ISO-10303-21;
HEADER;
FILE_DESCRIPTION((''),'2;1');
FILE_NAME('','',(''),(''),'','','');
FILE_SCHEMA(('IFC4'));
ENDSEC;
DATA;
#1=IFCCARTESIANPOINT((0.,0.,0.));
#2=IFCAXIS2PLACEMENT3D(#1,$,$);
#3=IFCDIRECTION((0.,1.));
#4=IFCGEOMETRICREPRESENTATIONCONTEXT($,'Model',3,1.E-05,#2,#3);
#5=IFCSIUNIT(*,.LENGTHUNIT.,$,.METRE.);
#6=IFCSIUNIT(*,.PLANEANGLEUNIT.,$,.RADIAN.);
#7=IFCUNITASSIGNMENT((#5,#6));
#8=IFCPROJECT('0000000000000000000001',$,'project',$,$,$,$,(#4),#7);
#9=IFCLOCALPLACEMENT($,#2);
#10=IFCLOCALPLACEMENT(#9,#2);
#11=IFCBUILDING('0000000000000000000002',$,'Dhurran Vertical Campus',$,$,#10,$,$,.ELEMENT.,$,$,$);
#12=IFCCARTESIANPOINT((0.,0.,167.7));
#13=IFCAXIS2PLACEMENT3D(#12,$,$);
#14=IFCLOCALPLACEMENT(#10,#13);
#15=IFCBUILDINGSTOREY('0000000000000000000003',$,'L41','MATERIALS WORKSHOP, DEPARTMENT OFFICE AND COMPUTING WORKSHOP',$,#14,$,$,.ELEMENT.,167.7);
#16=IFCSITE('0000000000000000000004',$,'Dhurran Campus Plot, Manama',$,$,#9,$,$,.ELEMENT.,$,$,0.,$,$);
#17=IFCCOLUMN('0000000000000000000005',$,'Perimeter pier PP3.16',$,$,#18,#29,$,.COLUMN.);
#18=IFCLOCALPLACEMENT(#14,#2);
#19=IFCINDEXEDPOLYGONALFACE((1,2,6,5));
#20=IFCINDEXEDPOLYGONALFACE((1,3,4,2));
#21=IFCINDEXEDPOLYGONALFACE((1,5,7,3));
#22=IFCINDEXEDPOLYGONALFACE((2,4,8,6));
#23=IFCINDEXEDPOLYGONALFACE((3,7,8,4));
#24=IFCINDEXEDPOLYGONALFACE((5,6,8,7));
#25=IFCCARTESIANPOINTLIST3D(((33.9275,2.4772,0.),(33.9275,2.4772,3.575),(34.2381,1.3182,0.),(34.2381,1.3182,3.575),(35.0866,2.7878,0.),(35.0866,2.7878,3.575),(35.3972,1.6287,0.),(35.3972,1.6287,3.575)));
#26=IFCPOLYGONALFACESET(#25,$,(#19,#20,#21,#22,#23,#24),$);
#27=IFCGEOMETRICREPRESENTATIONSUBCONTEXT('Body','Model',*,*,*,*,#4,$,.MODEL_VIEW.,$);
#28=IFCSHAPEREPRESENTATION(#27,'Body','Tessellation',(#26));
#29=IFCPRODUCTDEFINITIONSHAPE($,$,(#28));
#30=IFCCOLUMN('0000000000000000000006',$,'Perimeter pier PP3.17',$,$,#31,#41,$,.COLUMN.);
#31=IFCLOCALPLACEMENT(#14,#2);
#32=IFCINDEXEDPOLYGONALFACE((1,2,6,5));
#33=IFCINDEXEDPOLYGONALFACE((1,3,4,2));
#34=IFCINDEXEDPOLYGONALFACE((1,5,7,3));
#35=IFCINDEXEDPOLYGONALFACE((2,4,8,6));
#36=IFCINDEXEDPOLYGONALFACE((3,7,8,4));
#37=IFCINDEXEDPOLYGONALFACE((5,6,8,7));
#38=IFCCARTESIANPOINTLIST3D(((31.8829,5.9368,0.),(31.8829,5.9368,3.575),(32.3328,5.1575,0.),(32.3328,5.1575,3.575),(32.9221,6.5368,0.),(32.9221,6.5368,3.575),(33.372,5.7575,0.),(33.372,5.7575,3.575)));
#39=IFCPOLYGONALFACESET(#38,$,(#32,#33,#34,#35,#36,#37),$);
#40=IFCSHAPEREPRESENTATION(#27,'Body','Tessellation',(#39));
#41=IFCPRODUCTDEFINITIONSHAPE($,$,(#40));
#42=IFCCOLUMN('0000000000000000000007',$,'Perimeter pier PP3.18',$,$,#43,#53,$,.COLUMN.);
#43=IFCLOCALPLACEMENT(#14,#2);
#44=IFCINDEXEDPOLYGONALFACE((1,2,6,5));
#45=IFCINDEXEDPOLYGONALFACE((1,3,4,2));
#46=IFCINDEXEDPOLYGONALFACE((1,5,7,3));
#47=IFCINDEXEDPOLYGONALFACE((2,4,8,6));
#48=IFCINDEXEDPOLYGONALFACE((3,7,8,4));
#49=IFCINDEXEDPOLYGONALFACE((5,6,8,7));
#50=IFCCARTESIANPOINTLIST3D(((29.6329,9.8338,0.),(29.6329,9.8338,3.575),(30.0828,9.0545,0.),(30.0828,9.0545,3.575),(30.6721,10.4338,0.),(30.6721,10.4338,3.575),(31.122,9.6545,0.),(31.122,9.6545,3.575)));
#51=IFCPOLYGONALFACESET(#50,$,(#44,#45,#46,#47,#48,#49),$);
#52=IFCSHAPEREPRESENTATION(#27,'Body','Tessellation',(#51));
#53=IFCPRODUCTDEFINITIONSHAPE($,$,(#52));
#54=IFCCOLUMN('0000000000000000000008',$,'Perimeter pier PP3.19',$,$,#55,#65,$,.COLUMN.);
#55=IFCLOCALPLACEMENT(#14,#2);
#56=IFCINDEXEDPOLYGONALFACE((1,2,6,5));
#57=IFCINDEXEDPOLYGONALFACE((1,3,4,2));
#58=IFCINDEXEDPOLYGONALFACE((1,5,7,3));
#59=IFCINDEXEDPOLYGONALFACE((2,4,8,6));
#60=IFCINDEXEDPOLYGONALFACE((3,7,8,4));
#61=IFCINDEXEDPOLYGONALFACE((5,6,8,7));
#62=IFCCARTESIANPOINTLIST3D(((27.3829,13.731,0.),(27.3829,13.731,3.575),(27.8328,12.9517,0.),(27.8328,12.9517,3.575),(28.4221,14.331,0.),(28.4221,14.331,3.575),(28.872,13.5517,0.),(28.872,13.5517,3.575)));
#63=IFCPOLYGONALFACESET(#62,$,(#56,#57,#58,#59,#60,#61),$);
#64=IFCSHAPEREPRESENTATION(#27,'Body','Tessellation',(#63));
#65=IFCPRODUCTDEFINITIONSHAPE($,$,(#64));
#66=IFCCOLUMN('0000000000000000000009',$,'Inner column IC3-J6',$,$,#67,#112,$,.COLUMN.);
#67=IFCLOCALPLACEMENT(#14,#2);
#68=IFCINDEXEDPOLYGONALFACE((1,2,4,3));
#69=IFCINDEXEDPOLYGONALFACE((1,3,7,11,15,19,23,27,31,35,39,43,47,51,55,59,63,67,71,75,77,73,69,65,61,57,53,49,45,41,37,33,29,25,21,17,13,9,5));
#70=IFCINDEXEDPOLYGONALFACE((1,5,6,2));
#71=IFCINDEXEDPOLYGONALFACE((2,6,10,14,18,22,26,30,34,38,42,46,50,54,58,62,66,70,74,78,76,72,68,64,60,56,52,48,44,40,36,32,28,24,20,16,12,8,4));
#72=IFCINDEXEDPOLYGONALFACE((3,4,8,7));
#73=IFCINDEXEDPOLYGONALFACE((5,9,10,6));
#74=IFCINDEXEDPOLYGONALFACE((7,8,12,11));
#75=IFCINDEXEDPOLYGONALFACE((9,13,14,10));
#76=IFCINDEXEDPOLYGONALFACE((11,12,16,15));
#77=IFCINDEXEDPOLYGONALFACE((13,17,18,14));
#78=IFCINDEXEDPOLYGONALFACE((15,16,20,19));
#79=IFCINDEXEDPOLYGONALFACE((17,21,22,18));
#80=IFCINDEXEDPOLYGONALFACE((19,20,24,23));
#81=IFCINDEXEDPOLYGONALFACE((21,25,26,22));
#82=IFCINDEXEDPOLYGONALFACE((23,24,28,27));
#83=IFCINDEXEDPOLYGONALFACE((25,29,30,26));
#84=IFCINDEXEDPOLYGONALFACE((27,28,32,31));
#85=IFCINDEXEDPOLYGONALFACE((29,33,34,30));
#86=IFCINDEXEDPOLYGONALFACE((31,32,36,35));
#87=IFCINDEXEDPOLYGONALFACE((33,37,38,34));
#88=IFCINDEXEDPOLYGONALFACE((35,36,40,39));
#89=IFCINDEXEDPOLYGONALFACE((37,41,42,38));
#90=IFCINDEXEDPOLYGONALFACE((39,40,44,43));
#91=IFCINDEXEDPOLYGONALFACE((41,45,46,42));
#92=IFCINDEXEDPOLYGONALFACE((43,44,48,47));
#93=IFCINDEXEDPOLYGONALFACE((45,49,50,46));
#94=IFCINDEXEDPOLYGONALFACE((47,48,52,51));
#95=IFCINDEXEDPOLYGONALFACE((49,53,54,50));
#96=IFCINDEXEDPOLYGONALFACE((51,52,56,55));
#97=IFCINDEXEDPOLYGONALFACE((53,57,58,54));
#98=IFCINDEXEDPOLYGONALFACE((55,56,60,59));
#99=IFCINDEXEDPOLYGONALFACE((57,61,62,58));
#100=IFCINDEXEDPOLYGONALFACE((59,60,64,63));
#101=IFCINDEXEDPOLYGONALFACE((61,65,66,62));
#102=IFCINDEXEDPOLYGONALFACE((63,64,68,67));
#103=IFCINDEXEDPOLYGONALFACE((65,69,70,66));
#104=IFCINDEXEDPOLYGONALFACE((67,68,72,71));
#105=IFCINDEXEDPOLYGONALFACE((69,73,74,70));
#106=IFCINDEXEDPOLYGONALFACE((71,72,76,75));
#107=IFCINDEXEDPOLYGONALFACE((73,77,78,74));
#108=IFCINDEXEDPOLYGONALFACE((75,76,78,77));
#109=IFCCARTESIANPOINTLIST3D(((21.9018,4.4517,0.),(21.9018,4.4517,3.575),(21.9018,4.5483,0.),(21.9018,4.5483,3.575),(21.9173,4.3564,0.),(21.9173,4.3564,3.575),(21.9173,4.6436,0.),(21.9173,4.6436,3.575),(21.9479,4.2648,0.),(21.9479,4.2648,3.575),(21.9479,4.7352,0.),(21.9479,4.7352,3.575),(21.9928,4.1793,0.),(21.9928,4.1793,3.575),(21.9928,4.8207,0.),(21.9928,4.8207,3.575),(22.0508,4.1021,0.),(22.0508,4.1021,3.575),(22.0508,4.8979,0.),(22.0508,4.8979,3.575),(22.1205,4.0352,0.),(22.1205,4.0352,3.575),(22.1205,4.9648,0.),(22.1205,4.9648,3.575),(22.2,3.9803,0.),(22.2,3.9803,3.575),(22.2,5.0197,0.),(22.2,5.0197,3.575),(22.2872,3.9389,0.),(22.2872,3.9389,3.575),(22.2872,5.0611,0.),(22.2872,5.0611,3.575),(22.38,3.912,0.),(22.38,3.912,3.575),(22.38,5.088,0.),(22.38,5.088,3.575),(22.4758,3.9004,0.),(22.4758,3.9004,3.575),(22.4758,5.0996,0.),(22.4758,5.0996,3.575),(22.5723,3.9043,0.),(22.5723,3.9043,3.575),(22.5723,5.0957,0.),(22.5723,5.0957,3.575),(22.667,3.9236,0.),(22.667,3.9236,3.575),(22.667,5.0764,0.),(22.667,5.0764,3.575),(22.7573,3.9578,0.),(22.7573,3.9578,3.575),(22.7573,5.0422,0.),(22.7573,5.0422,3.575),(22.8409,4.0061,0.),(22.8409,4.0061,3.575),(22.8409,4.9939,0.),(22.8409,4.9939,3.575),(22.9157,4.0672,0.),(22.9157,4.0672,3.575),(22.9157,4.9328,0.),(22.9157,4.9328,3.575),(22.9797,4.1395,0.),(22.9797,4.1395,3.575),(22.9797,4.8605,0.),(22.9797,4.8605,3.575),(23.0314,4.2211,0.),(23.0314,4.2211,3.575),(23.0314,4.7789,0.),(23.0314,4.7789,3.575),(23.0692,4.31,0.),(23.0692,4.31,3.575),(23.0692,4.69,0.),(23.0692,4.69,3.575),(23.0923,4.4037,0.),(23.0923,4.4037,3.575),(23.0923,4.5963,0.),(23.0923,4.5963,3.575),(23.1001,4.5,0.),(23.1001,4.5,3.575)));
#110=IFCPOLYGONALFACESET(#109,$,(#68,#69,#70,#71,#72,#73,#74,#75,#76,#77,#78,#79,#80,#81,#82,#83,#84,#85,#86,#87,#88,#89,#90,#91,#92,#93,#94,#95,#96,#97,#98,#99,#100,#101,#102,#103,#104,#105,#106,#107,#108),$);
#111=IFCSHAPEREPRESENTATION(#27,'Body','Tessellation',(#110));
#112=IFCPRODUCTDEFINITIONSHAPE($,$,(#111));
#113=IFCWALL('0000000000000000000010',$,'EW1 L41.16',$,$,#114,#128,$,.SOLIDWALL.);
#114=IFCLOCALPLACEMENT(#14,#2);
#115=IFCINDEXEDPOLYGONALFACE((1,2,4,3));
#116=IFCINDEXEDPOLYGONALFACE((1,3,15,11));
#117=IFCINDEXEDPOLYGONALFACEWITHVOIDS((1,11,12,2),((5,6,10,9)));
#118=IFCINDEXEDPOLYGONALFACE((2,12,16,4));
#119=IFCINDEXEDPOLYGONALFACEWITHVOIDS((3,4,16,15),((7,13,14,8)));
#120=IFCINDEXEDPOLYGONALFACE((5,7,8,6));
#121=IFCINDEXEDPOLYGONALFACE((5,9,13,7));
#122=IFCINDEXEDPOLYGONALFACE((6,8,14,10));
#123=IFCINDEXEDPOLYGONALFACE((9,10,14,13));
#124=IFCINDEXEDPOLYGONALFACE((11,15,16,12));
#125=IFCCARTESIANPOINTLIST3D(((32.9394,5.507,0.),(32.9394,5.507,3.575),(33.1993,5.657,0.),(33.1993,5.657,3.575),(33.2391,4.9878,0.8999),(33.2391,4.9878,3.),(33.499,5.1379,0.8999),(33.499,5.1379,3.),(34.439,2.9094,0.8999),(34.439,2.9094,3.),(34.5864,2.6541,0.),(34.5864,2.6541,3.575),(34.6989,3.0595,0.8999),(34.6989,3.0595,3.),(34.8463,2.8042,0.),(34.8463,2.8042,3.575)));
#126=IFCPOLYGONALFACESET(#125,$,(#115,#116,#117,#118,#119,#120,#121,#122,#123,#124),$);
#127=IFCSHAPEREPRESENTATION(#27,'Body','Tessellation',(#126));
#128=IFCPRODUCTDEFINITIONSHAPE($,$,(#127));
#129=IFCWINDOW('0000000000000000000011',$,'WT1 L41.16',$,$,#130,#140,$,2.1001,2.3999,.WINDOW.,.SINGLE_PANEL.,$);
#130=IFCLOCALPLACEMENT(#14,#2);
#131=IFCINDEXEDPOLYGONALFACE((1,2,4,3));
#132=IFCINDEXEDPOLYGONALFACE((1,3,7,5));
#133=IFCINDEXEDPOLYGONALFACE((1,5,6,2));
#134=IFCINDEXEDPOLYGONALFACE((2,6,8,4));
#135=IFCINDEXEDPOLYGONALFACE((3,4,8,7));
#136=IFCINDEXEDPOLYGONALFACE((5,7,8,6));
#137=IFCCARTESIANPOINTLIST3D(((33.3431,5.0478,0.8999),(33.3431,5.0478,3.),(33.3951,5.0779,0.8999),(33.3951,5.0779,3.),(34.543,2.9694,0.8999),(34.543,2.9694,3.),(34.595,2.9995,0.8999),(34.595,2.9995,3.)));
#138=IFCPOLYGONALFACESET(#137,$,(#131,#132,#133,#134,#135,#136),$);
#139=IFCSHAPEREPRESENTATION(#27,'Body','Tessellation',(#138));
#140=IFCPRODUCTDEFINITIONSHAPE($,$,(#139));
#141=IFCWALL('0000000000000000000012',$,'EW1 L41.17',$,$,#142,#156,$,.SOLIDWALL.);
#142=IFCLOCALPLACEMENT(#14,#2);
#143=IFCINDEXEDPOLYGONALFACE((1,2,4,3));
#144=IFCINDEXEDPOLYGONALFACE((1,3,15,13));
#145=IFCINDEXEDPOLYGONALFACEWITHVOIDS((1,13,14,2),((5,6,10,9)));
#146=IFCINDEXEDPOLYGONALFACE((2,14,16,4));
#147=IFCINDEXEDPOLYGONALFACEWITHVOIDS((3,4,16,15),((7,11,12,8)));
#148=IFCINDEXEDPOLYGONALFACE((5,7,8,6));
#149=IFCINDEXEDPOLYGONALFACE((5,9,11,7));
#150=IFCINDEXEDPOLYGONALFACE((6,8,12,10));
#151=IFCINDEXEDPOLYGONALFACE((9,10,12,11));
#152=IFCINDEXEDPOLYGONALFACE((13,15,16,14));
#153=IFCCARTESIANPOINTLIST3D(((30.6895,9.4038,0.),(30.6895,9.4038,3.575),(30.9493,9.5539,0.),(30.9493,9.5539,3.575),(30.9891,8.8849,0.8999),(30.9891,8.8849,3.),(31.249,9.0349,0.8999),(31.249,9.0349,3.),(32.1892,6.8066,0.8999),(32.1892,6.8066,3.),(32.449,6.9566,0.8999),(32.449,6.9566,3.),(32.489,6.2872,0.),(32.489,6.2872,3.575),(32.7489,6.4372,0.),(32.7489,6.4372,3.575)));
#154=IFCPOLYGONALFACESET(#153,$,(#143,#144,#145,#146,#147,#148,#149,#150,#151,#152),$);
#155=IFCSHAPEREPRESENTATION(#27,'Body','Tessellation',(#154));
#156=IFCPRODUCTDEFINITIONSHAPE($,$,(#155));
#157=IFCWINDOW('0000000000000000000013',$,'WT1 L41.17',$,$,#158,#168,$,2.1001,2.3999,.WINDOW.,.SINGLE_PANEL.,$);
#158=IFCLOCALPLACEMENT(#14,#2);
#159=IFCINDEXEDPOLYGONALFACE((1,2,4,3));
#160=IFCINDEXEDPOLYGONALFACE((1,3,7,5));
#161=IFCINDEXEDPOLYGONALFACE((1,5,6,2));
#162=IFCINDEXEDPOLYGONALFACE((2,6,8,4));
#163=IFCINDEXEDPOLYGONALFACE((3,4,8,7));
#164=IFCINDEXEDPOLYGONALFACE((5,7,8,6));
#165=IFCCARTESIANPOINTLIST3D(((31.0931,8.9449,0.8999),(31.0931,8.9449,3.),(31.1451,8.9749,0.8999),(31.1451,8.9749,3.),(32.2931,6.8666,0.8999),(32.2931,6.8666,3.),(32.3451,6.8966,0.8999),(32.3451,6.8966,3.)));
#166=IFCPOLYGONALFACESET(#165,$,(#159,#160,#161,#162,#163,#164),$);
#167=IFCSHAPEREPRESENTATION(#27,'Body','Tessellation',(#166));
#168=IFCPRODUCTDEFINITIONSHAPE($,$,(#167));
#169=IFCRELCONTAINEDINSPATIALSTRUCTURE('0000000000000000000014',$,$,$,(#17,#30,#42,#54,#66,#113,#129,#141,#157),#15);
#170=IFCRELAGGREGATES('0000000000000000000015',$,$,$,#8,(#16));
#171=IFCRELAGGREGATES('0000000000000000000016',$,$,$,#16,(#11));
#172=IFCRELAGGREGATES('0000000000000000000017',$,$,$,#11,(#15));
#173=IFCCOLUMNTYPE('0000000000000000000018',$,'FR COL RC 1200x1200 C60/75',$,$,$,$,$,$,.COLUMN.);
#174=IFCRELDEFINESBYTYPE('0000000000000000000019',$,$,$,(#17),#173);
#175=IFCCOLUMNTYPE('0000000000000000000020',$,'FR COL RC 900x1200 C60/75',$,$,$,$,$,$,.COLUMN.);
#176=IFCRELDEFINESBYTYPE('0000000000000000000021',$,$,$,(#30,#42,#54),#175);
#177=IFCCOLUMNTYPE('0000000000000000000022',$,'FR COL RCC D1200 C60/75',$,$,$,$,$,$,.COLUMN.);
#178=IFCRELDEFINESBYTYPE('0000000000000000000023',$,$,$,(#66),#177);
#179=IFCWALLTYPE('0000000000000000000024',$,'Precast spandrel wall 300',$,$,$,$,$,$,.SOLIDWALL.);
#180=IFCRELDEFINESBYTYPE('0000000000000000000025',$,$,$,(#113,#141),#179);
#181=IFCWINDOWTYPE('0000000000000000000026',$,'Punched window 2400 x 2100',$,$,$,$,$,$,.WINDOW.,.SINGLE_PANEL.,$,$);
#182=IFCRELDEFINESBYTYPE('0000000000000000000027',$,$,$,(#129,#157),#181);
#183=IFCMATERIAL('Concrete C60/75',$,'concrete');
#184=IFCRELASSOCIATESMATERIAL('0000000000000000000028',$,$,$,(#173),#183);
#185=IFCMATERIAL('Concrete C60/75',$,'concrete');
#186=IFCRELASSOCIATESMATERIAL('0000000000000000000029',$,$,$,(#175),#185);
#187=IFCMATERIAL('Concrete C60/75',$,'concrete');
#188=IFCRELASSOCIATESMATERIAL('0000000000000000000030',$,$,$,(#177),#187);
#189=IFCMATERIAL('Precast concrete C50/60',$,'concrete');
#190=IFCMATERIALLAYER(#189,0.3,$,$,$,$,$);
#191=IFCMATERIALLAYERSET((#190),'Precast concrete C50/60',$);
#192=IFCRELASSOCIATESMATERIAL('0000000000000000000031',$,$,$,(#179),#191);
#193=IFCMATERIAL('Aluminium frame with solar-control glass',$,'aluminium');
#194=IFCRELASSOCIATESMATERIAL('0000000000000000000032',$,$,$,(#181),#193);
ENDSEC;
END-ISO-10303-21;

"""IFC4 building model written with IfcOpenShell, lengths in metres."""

from ifc_helpers import new_model, si_unit, direction, frame, frame_2d, origin, origin_2d, place, context, subcontext, project, spatial, rectangle, circle, extrude, material, layer, layer_set, material_profile, profile_set, type_object, element, fill, save


model = new_model("IFC4")

# Units and contexts
model_context = context("Model", 3, precision=1e-05, world=origin(), true_north=direction((0.0, 1.0)))
body_context = subcontext(model_context, "Body", "Model", "MODEL_VIEW")
ifc_project = project(units=[si_unit("LENGTHUNIT", "METRE"), si_unit("PLANEANGLEUNIT", "RADIAN")], contexts=[model_context])

# Site, building, storey
site_placement = place(None, origin())
site = spatial("IfcSite", under=ifc_project, at=site_placement, Name="Dhurran Campus Plot, Manama", CompositionType="ELEMENT", RefElevation=0.0)
building_placement = place(site_placement, origin())
building = spatial("IfcBuilding", under=site, at=building_placement, Name="Dhurran Vertical Campus", CompositionType="ELEMENT")
storey_placement = place(building_placement, frame((0.0, 0.0, 167.7)))
storey = spatial("IfcBuildingStorey", under=building, at=storey_placement, Name="L41", Description="MATERIALS WORKSHOP, DEPARTMENT OFFICE AND COMPUTING WORKSHOP", CompositionType="ELEMENT", Elevation=167.7)

# Columns
ifc_material_1 = material(Name="Concrete C60/75", Category="concrete")
ifc_material_profile_1 = material_profile(ifc_material_1, rectangle(XDim=1.2, YDim=1.2, at=origin_2d()), Name="RC 1200x1200")
ifc_profile_set_1 = profile_set([ifc_material_profile_1], Name="Concrete C60/75")
column_type_1 = type_object("IfcColumnType", Name="FR COL RC 1200x1200 C60/75", PredefinedType="COLUMN", material=ifc_profile_set_1)
column_1_placement = place(storey_placement, frame((34.6624, 2.053, 0.0), z_axis=(0.0, 0.0, 1.0), x_axis=(-0.258819, 0.965926, 0.0)))
element("IfcColumn", 1, at=column_1_placement, inside=storey, type_object=column_type_1, Name="Perimeter pier PP3.16", PredefinedType="COLUMN", context=body_context, shape_type="SweptSolid", body=[
    extrude(rectangle(XDim=1.2, YDim=1.2, at=origin_2d()), origin(), (0.0, 0.0, 1.0), 3.575),
])
ifc_material_2 = material(Name="Concrete C60/75", Category="concrete")
ifc_material_profile_2 = material_profile(ifc_material_2, rectangle(XDim=0.8999, YDim=1.2, at=origin_2d()), Name="RC 900x1200")
ifc_profile_set_2 = profile_set([ifc_material_profile_2], Name="Concrete C60/75")
column_type_2 = type_object("IfcColumnType", Name="FR COL RC 900x1200 C60/75", PredefinedType="COLUMN", material=ifc_profile_set_2)
for number, where, z_axis, x_axis, name in (
    (2, (32.6274, 5.8472, 0.0), (0.0, 0.0, 1.0), (-0.5, 0.866025, 0.0), "Perimeter pier PP3.17"),
    (3, (30.3774, 9.7441, 0.0), (0.0, 0.0, 1.0), (-0.5, 0.866025, 0.0), "Perimeter pier PP3.18"),
    (4, (28.1274, 13.6414, 0.0), (0.0, 0.0, 1.0), (-0.5, 0.866025, 0.0), "Perimeter pier PP3.19"),
):
    element("IfcColumn", number, at=place(storey_placement, frame(where, z_axis=z_axis, x_axis=x_axis)), inside=storey, type_object=column_type_2, Name=name, PredefinedType="COLUMN", context=body_context, shape_type="SweptSolid", body=[
        extrude(rectangle(XDim=0.8999, YDim=1.2, at=origin_2d()), origin(), (0.0, 0.0, 1.0), 3.575),
    ])
ifc_material_3 = material(Name="Concrete C60/75", Category="concrete")
ifc_material_profile_3 = material_profile(ifc_material_3, circle(Radius=0.6001, at=origin_2d()), Name="RCC D1200")
ifc_profile_set_3 = profile_set([ifc_material_profile_3], Name="Concrete C60/75")
column_type_3 = type_object("IfcColumnType", Name="FR COL RCC D1200 C60/75", PredefinedType="COLUMN", material=ifc_profile_set_3)
column_2_placement = place(storey_placement, frame((22.5, 4.5, 0.0), z_axis=(0.0, 0.0, 1.0), x_axis=(1.0, 0.0, 0.0)))
element("IfcColumn", 5, at=column_2_placement, inside=storey, type_object=column_type_3, Name="Inner column IC3-J6", PredefinedType="COLUMN", context=body_context, shape_type="SweptSolid", body=[
    extrude(circle(Radius=0.6001, at=origin_2d()), origin(), (0.0, 0.0, 1.0), 3.575),
])

# Walls, openings, windows
ifc_material_4 = material(Name="Precast concrete C50/60", Category="concrete")
ifc_layer_1 = layer(ifc_material_4, 0.3)
ifc_layer_set_1 = layer_set([ifc_layer_1], Name="Precast concrete C50/60")
wall_type_1 = type_object("IfcWallType", Name="Precast spandrel wall 300", PredefinedType="SOLIDWALL", material=ifc_layer_set_1)
wall_1_placement = place(storey_placement, frame((34.7163, 2.7292, 0.0), z_axis=(0.0, 0.0, 1.0), x_axis=(-0.499981, 0.866036, 0.0)))
wall_1 = element("IfcWall", 6, at=wall_1_placement, inside=storey, type_object=wall_type_1, Name="EW1 L41.16", PredefinedType="SOLIDWALL", context=body_context, shape_type="SweptSolid", body=[
    extrude(rectangle(XDim=3.2942, YDim=0.3, at=frame_2d((1.647, 0.0))), origin(), (0.0, 0.0, 1.0), 3.575),
])
opening_1_placement = place(wall_1_placement, frame((0.2947, 0.0, 0.8999)))
opening_1 = element("IfcOpeningElement", 7, at=opening_1_placement, cuts=wall_1, PredefinedType="OPENING", context=body_context, shape_type="SweptSolid", body=[
    extrude(rectangle(XDim=2.3999, YDim=2.1001, at=frame_2d((1.2, 1.05))), frame((0.0, 0.1599, 0.0), z_axis=(0.0, -1.0, 0.0), x_axis=(1.0, 0.0, 0.0)), (0.0, 0.0, 1.0), 0.3201),
])
ifc_material_5 = material(Name="Aluminium frame with solar-control glass", Category="aluminium")
window_type = type_object("IfcWindowType", Name="Punched window 2400 x 2100", PartitioningType="SINGLE_PANEL", PredefinedType="WINDOW", material=ifc_material_5)
window_1_placement = place(opening_1_placement, origin())
window_1 = element("IfcWindow", 8, at=window_1_placement, inside=storey, type_object=window_type, Name="WT1 L41.16", OverallHeight=2.1001, OverallWidth=2.3999, PartitioningType="SINGLE_PANEL", PredefinedType="WINDOW", context=body_context, shape_type="SweptSolid", body=[
    extrude(rectangle(XDim=2.3999, YDim=2.1001, at=frame_2d((1.2, 1.05))), frame((0.0, 0.03, 0.0), z_axis=(0.0, -1.0, 0.0), x_axis=(1.0, 0.0, 0.0)), (0.0, 0.0, 1.0), 0.0601),
])
fill(opening_1, window_1)
wall_2_placement = place(storey_placement, frame((32.6189, 6.3623, 0.0), z_axis=(0.0, 0.0, 1.0), x_axis=(-0.500028, 0.866009, 0.0)))
wall_2 = element("IfcWall", 9, at=wall_2_placement, inside=storey, type_object=wall_type_1, Name="EW1 L41.17", PredefinedType="SOLIDWALL", context=body_context, shape_type="SweptSolid", body=[
    extrude(rectangle(XDim=3.5989, YDim=0.3, at=frame_2d((1.7993, 0.0))), origin(), (0.0, 0.0, 1.0), 3.575),
])
opening_2_placement = place(wall_2_placement, frame((0.5996, 0.0, 0.8999)))
opening_2 = element("IfcOpeningElement", 10, at=opening_2_placement, cuts=wall_2, PredefinedType="OPENING", context=body_context, shape_type="SweptSolid", body=[
    extrude(rectangle(XDim=2.3999, YDim=2.1001, at=frame_2d((1.2, 1.05))), frame((0.0, 0.1599, 0.0), z_axis=(0.0, -1.0, 0.0), x_axis=(1.0, 0.0, 0.0)), (0.0, 0.0, 1.0), 0.3201),
])
window_2_placement = place(opening_2_placement, origin())
window_2 = element("IfcWindow", 11, at=window_2_placement, inside=storey, type_object=window_type, Name="WT1 L41.17", OverallHeight=2.1001, OverallWidth=2.3999, PartitioningType="SINGLE_PANEL", PredefinedType="WINDOW", context=body_context, shape_type="SweptSolid", body=[
    extrude(rectangle(XDim=2.3999, YDim=2.1001, at=frame_2d((1.2, 1.05))), frame((0.0, 0.03, 0.0), z_axis=(0.0, -1.0, 0.0), x_axis=(1.0, 0.0, 0.0)), (0.0, 0.0, 1.0), 0.0601),
])
fill(opening_2, window_2)

save(model, "model.ifc")
